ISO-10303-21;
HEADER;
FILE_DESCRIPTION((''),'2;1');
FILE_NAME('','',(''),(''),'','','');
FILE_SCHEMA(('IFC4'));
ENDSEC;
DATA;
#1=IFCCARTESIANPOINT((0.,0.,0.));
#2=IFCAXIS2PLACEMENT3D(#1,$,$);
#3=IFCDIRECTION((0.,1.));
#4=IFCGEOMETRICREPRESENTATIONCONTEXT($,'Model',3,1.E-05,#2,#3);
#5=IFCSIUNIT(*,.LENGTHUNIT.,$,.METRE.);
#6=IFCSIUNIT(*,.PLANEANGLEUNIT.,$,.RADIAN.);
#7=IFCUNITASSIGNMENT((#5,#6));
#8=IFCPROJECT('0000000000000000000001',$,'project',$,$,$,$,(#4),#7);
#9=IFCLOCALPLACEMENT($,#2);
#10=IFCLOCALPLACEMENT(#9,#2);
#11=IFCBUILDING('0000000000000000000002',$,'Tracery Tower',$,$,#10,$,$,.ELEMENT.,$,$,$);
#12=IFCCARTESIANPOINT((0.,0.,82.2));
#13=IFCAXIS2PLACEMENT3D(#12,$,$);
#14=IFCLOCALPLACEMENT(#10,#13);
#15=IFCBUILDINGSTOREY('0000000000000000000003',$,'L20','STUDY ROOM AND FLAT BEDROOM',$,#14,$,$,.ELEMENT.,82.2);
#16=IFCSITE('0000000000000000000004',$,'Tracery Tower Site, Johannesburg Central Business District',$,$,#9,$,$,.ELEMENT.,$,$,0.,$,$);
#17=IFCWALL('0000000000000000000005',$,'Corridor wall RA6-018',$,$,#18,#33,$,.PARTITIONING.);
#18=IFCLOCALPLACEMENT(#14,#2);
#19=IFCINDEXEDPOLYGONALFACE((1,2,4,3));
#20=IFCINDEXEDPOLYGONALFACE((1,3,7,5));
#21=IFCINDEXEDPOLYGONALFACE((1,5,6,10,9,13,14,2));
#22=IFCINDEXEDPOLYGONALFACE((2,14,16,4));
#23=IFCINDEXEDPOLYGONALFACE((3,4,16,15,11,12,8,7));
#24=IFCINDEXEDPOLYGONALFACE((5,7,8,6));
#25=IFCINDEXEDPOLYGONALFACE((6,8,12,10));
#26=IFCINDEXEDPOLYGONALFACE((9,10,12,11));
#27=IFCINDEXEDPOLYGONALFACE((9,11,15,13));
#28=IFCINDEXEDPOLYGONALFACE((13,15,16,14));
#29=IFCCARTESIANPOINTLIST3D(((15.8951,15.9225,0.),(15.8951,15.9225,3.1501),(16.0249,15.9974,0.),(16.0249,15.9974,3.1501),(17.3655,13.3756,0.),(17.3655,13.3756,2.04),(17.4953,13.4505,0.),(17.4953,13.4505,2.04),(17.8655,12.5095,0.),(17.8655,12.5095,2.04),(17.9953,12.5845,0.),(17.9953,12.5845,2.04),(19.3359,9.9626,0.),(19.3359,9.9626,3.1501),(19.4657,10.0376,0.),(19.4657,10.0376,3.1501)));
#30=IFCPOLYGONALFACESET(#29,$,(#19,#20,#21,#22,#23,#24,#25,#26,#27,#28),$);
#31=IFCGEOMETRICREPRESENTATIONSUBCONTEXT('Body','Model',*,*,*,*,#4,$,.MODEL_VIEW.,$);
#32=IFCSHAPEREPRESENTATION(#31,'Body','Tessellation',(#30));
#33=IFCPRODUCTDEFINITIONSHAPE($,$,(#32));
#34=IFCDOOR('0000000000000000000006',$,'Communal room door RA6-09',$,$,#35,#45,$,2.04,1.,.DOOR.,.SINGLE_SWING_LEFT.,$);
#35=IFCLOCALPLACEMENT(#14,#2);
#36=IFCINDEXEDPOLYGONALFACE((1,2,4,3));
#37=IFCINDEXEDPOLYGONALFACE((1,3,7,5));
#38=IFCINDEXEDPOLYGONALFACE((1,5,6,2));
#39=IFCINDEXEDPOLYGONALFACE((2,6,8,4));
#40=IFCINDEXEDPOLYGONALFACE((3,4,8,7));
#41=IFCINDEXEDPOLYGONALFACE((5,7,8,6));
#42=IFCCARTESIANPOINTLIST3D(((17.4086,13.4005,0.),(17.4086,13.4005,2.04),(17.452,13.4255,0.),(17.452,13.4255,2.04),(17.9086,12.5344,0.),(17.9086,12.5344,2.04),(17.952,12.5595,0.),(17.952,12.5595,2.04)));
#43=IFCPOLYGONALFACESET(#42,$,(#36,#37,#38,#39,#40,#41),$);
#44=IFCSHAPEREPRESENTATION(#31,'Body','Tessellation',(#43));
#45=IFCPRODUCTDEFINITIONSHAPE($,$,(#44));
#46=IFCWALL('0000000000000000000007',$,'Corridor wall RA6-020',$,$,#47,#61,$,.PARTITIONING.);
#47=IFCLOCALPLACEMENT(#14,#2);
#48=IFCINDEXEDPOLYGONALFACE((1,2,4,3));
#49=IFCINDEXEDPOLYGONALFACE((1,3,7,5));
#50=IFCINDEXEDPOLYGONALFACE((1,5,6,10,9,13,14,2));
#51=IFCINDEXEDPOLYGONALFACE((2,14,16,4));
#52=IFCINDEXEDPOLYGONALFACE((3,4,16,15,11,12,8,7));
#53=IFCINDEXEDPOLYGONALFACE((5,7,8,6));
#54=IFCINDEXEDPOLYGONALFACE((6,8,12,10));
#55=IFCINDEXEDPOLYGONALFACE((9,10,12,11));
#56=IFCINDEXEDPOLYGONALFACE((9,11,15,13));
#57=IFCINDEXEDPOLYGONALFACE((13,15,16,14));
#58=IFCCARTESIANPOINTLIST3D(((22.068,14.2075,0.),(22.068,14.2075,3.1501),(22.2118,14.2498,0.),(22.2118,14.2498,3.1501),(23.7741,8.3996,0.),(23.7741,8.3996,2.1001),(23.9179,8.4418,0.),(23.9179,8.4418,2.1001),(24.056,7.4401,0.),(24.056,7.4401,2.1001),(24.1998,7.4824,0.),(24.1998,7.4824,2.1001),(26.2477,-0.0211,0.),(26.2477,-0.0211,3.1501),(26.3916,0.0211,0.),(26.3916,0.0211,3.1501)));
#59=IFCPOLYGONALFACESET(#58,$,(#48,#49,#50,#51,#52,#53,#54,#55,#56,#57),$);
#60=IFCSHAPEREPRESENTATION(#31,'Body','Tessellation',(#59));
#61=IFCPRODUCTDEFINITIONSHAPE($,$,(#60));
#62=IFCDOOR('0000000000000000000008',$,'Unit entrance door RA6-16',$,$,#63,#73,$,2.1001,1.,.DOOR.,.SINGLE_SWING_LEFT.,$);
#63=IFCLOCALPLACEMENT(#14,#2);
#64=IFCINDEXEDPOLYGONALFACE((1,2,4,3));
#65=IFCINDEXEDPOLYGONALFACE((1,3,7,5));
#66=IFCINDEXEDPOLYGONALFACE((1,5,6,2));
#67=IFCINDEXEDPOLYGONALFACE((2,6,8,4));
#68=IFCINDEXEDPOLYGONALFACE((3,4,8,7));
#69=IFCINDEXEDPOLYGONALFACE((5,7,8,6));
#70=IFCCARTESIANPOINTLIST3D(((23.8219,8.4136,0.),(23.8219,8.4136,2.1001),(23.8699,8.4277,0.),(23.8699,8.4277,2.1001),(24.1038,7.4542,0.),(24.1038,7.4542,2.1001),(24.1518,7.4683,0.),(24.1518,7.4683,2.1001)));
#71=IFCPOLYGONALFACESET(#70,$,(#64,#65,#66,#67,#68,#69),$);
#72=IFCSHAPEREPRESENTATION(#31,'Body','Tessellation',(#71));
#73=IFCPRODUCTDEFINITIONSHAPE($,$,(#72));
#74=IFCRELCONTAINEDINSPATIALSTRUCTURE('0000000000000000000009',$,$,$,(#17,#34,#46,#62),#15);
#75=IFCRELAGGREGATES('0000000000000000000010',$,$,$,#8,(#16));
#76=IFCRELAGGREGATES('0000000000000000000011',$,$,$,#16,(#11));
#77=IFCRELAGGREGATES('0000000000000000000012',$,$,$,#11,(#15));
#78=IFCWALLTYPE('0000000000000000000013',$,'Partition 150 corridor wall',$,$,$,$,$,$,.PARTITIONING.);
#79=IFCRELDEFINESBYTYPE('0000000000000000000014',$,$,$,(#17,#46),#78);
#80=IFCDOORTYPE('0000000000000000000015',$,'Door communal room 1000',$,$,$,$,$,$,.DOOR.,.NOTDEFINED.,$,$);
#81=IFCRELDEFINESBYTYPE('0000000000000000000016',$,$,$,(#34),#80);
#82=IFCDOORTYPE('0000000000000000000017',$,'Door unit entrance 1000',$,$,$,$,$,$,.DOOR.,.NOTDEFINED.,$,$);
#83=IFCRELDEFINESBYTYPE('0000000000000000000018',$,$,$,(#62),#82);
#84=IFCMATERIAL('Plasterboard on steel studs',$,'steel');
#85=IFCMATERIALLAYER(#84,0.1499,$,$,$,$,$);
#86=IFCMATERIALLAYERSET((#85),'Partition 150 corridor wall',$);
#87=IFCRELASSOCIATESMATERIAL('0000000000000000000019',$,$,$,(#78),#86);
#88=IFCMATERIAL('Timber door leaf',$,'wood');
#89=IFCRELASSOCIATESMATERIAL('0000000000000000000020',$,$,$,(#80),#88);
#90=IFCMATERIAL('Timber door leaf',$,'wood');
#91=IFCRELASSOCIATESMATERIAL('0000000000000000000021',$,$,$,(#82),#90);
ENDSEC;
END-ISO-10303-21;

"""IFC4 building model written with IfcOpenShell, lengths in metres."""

from ifc_helpers import new_model, si_unit, direction, frame, frame_2d, origin, place, context, subcontext, project, spatial, rectangle, extrude, material, layer, layer_set, type_object, element, fill, save


model = new_model("IFC4")

# Units and contexts
model_context = context("Model", 3, precision=1e-05, world=origin(), true_north=direction((0.0, 1.0)))
body_context = subcontext(model_context, "Body", "Model", "MODEL_VIEW")
ifc_project = project(units=[si_unit("LENGTHUNIT", "METRE"), si_unit("PLANEANGLEUNIT", "RADIAN")], contexts=[model_context])

# Site, building, storey
site_placement = place(None, origin())
site = spatial("IfcSite", under=ifc_project, at=site_placement, Name="Tracery Tower Site, Johannesburg Central Business District", CompositionType="ELEMENT", RefElevation=0.0)
building_placement = place(site_placement, origin())
building = spatial("IfcBuilding", under=site, at=building_placement, Name="Tracery Tower", CompositionType="ELEMENT")
storey_placement = place(building_placement, frame((0.0, 0.0, 82.2)))
storey = spatial("IfcBuildingStorey", under=building, at=storey_placement, Name="L20", Description="STUDY ROOM AND FLAT BEDROOM", CompositionType="ELEMENT", Elevation=82.2)

# Walls, openings, doors
ifc_material_1 = material(Name="Plasterboard on steel studs", Category="steel")
ifc_layer_1 = layer(ifc_material_1, 0.1499)
ifc_layer_set_1 = layer_set([ifc_layer_1], Name="Partition 150 corridor wall")
wall_type_1 = type_object("IfcWallType", Name="Partition 150 corridor wall", PredefinedType="PARTITIONING", material=ifc_layer_set_1)
wall_1_placement = place(storey_placement, frame((15.96, 15.96, 0.0), z_axis=(0.0, 0.0, 1.0), x_axis=(0.499993, -0.86603, 0.0)))
wall_1 = element("IfcWall", 1, at=wall_1_placement, inside=storey, type_object=wall_type_1, Name="Corridor wall RA6-018", PredefinedType="PARTITIONING", context=body_context, shape_type="SweptSolid", body=[
    extrude(rectangle(XDim=6.8818, YDim=0.1499, at=frame_2d((3.4409, 0.0))), origin(), (0.0, 0.0, 1.0), 3.1501),
])
opening_1_placement = place(wall_1_placement, frame((2.9409, 0.0, 0.0)))
opening_1 = element("IfcOpeningElement", 2, at=opening_1_placement, cuts=wall_1, PredefinedType="OPENING", context=body_context, shape_type="SweptSolid", body=[
    extrude(rectangle(XDim=1.0, YDim=2.04, at=frame_2d((0.5, 1.02))), frame((0.0, 0.075, 0.0), z_axis=(0.0, -1.0, 0.0), x_axis=(1.0, 0.0, 0.0)), (0.0, 0.0, 1.0), 0.1499),
])
ifc_material_2 = material(Name="Timber door leaf", Category="wood")
door_type_1 = type_object("IfcDoorType", Name="Door communal room 1000", OperationType="NOTDEFINED", PredefinedType="DOOR", material=ifc_material_2)
door_1_placement = place(opening_1_placement, origin())
door_1 = element("IfcDoor", 3, at=door_1_placement, inside=storey, type_object=door_type_1, Name="Communal room door RA6-09", OperationType="SINGLE_SWING_LEFT", OverallHeight=2.04, OverallWidth=1.0, PredefinedType="DOOR", context=body_context, shape_type="SweptSolid", body=[
    extrude(rectangle(XDim=1.0, YDim=2.04, at=frame_2d((0.5, 1.02))), frame((0.0, 0.0249, 0.0), z_axis=(0.0, -1.0, 0.0), x_axis=(1.0, 0.0, 0.0)), (0.0, 0.0, 1.0), 0.05),
])
fill(opening_1, door_1)
wall_2_placement = place(storey_placement, frame((22.1399, 14.2288, 0.0), z_axis=(0.0, 0.0, 1.0), x_axis=(0.281845, -0.95946, 0.0)))
wall_2 = element("IfcWall", 4, at=wall_2_placement, inside=storey, type_object=wall_type_1, Name="Corridor wall RA6-020", PredefinedType="PARTITIONING", context=body_context, shape_type="SweptSolid", body=[
    extrude(rectangle(XDim=14.8298, YDim=0.1499, at=frame_2d((7.415, 0.0))), origin(), (0.0, 0.0, 1.0), 3.1501),
])
opening_2_placement = place(wall_2_placement, frame((6.0535, 0.0, 0.0)))
opening_2 = element("IfcOpeningElement", 5, at=opening_2_placement, cuts=wall_2, PredefinedType="OPENING", context=body_context, shape_type="SweptSolid", body=[
    extrude(rectangle(XDim=1.0, YDim=2.1001, at=frame_2d((0.5, 1.05))), frame((0.0, 0.075, 0.0), z_axis=(0.0, -1.0, 0.0), x_axis=(1.0, 0.0, 0.0)), (0.0, 0.0, 1.0), 0.1499),
])
ifc_material_3 = material(Name="Timber door leaf", Category="wood")
door_type_2 = type_object("IfcDoorType", Name="Door unit entrance 1000", OperationType="NOTDEFINED", PredefinedType="DOOR", material=ifc_material_3)
door_2_placement = place(opening_2_placement, origin())
door_2 = element("IfcDoor", 6, at=door_2_placement, inside=storey, type_object=door_type_2, Name="Unit entrance door RA6-16", OperationType="SINGLE_SWING_LEFT", OverallHeight=2.1001, OverallWidth=1.0, PredefinedType="DOOR", context=body_context, shape_type="SweptSolid", body=[
    extrude(rectangle(XDim=1.0, YDim=2.1001, at=frame_2d((0.5, 1.05))), frame((0.0, 0.0249, 0.0), z_axis=(0.0, -1.0, 0.0), x_axis=(1.0, 0.0, 0.0)), (0.0, 0.0, 1.0), 0.05),
])
fill(opening_2, door_2)

save(model, "model.ifc")
